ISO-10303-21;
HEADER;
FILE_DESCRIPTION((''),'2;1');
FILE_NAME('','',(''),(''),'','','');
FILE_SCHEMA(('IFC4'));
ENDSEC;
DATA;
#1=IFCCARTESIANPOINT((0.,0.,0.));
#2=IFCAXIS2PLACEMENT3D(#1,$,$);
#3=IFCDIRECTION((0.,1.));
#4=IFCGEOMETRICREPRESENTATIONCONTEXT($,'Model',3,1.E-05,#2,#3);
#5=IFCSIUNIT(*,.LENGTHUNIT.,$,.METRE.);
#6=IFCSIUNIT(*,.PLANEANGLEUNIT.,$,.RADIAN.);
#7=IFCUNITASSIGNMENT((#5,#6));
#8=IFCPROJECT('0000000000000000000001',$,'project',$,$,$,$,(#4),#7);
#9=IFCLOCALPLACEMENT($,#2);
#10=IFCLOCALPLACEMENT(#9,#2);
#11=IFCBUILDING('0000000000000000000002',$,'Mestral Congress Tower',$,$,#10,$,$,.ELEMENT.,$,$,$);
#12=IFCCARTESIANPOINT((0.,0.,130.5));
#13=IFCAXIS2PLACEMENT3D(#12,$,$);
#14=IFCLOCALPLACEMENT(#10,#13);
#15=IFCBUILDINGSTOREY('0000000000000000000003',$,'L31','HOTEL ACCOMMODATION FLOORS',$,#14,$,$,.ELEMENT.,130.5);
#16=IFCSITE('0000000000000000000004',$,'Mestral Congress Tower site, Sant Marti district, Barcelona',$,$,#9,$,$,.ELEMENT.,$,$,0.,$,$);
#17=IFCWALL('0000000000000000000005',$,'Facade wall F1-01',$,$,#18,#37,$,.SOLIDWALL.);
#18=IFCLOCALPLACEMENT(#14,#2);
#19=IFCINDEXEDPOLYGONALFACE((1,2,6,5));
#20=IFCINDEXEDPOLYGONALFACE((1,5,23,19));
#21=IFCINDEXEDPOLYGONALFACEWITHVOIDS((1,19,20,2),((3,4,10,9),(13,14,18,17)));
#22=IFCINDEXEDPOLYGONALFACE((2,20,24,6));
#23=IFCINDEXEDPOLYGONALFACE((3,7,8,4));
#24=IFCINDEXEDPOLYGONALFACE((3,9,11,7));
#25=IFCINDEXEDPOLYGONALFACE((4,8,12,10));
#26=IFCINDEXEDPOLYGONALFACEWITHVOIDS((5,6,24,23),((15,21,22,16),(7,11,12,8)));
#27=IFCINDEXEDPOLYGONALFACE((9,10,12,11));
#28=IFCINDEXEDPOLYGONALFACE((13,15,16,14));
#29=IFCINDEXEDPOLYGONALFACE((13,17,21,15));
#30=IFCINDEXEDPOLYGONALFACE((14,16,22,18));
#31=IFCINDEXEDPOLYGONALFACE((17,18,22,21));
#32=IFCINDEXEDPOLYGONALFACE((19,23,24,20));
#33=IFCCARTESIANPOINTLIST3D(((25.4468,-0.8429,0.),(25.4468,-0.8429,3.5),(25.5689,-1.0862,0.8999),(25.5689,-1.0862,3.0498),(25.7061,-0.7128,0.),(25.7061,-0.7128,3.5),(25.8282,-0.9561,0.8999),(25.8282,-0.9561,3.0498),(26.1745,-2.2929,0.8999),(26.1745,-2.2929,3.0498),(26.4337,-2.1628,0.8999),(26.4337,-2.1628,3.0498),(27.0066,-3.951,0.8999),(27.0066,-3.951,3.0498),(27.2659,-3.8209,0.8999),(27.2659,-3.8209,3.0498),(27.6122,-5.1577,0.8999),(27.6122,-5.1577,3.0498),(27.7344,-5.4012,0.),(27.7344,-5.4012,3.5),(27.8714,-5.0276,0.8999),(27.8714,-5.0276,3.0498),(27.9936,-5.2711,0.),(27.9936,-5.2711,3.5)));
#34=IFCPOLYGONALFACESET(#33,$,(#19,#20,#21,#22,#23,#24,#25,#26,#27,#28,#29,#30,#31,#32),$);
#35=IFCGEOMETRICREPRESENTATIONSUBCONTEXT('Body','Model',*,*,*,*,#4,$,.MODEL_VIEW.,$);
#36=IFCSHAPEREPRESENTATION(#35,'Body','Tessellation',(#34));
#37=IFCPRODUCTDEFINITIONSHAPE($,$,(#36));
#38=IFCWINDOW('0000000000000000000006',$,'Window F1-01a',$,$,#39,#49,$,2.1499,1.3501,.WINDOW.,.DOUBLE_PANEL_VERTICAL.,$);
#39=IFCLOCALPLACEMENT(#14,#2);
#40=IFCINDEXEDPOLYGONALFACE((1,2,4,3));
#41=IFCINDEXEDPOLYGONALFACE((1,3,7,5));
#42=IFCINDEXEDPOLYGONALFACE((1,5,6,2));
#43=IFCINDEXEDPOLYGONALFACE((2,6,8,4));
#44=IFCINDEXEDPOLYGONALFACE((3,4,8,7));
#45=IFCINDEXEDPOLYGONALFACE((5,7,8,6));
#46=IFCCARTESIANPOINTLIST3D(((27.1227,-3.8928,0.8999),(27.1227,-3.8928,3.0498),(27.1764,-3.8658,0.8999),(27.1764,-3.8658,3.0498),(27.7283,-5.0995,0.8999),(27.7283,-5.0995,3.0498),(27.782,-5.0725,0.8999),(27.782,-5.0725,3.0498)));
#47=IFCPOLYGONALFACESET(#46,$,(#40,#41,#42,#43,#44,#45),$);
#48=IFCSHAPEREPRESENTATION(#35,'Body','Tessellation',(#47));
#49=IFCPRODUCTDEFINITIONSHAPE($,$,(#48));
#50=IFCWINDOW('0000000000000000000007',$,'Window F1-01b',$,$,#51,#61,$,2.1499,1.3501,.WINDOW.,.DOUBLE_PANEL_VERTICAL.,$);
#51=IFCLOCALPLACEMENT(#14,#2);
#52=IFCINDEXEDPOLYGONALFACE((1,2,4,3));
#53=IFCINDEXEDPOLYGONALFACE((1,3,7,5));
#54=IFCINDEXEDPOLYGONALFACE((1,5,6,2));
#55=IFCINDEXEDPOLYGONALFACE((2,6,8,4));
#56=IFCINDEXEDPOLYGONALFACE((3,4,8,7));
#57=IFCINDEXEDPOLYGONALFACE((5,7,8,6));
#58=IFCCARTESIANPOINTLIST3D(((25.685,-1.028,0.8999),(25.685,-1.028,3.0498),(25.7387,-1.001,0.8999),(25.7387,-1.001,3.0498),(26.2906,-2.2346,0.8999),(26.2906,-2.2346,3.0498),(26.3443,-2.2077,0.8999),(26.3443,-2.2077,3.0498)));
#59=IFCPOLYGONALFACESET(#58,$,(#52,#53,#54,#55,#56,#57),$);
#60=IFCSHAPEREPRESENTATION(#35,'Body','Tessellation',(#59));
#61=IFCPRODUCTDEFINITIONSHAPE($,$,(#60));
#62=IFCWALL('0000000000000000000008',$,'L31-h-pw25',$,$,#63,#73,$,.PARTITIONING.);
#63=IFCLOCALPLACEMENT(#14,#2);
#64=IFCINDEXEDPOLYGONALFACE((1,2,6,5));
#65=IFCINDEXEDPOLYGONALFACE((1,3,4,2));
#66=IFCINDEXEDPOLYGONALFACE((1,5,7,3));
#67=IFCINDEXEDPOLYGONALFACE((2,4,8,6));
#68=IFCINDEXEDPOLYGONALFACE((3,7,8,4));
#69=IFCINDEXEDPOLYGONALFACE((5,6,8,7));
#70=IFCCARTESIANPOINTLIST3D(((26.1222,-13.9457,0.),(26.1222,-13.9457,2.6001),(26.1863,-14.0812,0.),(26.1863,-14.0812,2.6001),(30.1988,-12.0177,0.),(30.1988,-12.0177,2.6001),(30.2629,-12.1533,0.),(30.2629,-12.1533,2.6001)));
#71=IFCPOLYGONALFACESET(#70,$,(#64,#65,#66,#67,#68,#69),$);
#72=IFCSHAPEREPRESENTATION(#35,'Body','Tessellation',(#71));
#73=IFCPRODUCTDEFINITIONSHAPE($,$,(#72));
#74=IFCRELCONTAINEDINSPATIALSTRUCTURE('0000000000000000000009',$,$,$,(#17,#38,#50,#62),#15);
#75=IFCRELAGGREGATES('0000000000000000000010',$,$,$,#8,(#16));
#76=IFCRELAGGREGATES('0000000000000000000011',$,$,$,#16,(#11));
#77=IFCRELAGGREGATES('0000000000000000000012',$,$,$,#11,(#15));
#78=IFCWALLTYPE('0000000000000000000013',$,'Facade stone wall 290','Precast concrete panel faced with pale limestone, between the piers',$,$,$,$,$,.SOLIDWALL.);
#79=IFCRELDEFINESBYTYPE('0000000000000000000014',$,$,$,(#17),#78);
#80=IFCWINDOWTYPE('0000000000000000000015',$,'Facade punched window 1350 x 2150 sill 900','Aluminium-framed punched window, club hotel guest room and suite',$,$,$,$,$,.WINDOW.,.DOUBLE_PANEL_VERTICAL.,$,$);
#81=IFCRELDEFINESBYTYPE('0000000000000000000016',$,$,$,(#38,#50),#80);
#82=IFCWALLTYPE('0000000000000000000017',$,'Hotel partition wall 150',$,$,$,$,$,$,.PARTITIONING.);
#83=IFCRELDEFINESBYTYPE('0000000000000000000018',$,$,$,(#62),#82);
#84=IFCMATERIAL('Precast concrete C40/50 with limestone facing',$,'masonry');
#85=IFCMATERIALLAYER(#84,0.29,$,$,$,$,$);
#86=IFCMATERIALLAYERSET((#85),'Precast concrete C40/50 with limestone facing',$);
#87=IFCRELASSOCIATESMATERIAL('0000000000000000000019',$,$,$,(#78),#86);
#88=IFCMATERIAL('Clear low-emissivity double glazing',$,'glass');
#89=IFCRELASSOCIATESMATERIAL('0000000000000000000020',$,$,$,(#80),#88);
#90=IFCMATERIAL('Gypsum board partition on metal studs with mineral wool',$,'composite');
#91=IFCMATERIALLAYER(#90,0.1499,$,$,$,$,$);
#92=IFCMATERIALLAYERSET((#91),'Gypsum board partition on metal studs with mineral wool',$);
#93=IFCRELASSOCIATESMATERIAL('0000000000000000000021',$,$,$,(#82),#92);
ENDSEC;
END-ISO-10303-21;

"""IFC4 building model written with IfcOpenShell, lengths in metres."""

from ifc_helpers import new_model, si_unit, direction, frame, frame_2d, origin, place, context, subcontext, project, spatial, rectangle, extrude, material, layer, layer_set, type_object, element, fill, save


model = new_model("IFC4")

# Units and contexts
model_context = context("Model", 3, precision=1e-05, world=origin(), true_north=direction((0.0, 1.0)))
body_context = subcontext(model_context, "Body", "Model", "MODEL_VIEW")
ifc_project = project(units=[si_unit("LENGTHUNIT", "METRE"), si_unit("PLANEANGLEUNIT", "RADIAN")], contexts=[model_context])

# Site, building, storey
site_placement = place(None, origin())
site = spatial("IfcSite", under=ifc_project, at=site_placement, Name="Mestral Congress Tower site, Sant Marti district, Barcelona", CompositionType="ELEMENT", RefElevation=0.0)
building_placement = place(site_placement, origin())
building = spatial("IfcBuilding", under=site, at=building_placement, Name="Mestral Congress Tower", CompositionType="ELEMENT")
storey_placement = place(building_placement, frame((0.0, 0.0, 130.5)))
storey = spatial("IfcBuildingStorey", under=building, at=storey_placement, Name="L31", Description="HOTEL ACCOMMODATION FLOORS", CompositionType="ELEMENT", Elevation=130.5)

# Shared definitions
ifc_material_1 = material(Name="Precast concrete C40/50 with limestone facing", Category="masonry")
ifc_layer_1 = layer(ifc_material_1, 0.29)
ifc_layer_set_1 = layer_set([ifc_layer_1], Name="Precast concrete C40/50 with limestone facing")
wall_type_1 = type_object("IfcWallType", Name="Facade stone wall 290", Description="Precast concrete panel faced with pale limestone, between the piers", PredefinedType="SOLIDWALL", material=ifc_layer_set_1)
ifc_material_2 = material(Name="Clear low-emissivity double glazing", Category="glass")

# Wall, openings, windows
window_type_1 = type_object("IfcWindowType", Name="Facade punched window 1350 x 2150 sill 900", Description="Aluminium-framed punched window, club hotel guest room and suite", PartitioningType="DOUBLE_PANEL_VERTICAL", PredefinedType="WINDOW", material=ifc_material_2)
wall_1_placement = place(storey_placement, frame((27.864, -5.3362, 0.0), z_axis=(0.0, 0.0, 1.0), x_axis=(-0.448534, 0.893766, 0.0)))
wall_1 = element("IfcWall", 1, at=wall_1_placement, inside=storey, type_object=wall_type_1, Name="Facade wall F1-01", PredefinedType="SOLIDWALL", context=body_context, shape_type="SweptSolid", body=[
    extrude(rectangle(XDim=5.1001, YDim=0.29, at=frame_2d((2.55, 0.0))), origin(), (0.0, 0.0, 1.0), 3.5),
])
opening_1_placement = place(wall_1_placement, frame((0.2725, 0.0, 0.8999)))
opening_1 = element("IfcOpeningElement", 2, at=opening_1_placement, cuts=wall_1, PredefinedType="OPENING", context=body_context, shape_type="SweptSolid", body=[
    extrude(rectangle(XDim=1.3501, YDim=2.1499, at=frame_2d((0.675, 1.075))), frame((0.0, 0.155, 0.0), z_axis=(0.0, -1.0, 0.0), x_axis=(1.0, 0.0, 0.0)), (0.0, 0.0, 1.0), 0.3101),
])
opening_2_placement = place(wall_1_placement, frame((3.4778, 0.0, 0.8999)))
opening_2 = element("IfcOpeningElement", 3, at=opening_2_placement, cuts=wall_1, PredefinedType="OPENING", context=body_context, shape_type="SweptSolid", body=[
    extrude(rectangle(XDim=1.3501, YDim=2.1499, at=frame_2d((0.675, 1.075))), frame((0.0, 0.155, 0.0), z_axis=(0.0, -1.0, 0.0), x_axis=(1.0, 0.0, 0.0)), (0.0, 0.0, 1.0), 0.3101),
])
window_1_placement = place(opening_1_placement, origin())
window_1 = element("IfcWindow", 4, at=window_1_placement, inside=storey, type_object=window_type_1, Name="Window F1-01a", OverallHeight=2.1499, OverallWidth=1.3501, PartitioningType="DOUBLE_PANEL_VERTICAL", PredefinedType="WINDOW", context=body_context, shape_type="SweptSolid", body=[
    extrude(rectangle(XDim=1.3501, YDim=2.1499, at=frame_2d((0.675, 1.075))), frame((0.0, 0.0151, 0.0), z_axis=(0.0, -1.0, 0.0), x_axis=(1.0, 0.0, 0.0)), (0.0, 0.0, 1.0), 0.0601),
])
fill(opening_1, window_1)
window_2_placement = place(opening_2_placement, origin())
window_2 = element("IfcWindow", 5, at=window_2_placement, inside=storey, type_object=window_type_1, Name="Window F1-01b", OverallHeight=2.1499, OverallWidth=1.3501, PartitioningType="DOUBLE_PANEL_VERTICAL", PredefinedType="WINDOW", context=body_context, shape_type="SweptSolid", body=[
    extrude(rectangle(XDim=1.3501, YDim=2.1499, at=frame_2d((0.675, 1.075))), frame((0.0, 0.0151, 0.0), z_axis=(0.0, -1.0, 0.0), x_axis=(1.0, 0.0, 0.0)), (0.0, 0.0, 1.0), 0.0601),
])
fill(opening_2, window_2)

# Wall
ifc_material_3 = material(Name="Gypsum board partition on metal studs with mineral wool", Category="composite")
ifc_layer_2 = layer(ifc_material_3, 0.1499)
ifc_layer_set_2 = layer_set([ifc_layer_2], Name="Gypsum board partition on metal studs with mineral wool")
wall_type_2 = type_object("IfcWallType", Name="Hotel partition wall 150", PredefinedType="PARTITIONING", material=ifc_layer_set_2)
wall_2_placement = place(storey_placement, frame((30.231, -12.0854, 0.0), z_axis=(0.0, 0.0, 1.0), x_axis=(-0.904001, -0.42753, 0.0)))
element("IfcWall", 6, at=wall_2_placement, inside=storey, type_object=wall_type_2, Name="L31-h-pw25", PredefinedType="PARTITIONING", context=body_context, shape_type="SweptSolid", body=[
    extrude(rectangle(XDim=4.5095, YDim=0.1499, at=frame_2d((2.2549, 0.0))), origin(), (0.0, 0.0, 1.0), 2.6001),
])

save(model, "model.ifc")
